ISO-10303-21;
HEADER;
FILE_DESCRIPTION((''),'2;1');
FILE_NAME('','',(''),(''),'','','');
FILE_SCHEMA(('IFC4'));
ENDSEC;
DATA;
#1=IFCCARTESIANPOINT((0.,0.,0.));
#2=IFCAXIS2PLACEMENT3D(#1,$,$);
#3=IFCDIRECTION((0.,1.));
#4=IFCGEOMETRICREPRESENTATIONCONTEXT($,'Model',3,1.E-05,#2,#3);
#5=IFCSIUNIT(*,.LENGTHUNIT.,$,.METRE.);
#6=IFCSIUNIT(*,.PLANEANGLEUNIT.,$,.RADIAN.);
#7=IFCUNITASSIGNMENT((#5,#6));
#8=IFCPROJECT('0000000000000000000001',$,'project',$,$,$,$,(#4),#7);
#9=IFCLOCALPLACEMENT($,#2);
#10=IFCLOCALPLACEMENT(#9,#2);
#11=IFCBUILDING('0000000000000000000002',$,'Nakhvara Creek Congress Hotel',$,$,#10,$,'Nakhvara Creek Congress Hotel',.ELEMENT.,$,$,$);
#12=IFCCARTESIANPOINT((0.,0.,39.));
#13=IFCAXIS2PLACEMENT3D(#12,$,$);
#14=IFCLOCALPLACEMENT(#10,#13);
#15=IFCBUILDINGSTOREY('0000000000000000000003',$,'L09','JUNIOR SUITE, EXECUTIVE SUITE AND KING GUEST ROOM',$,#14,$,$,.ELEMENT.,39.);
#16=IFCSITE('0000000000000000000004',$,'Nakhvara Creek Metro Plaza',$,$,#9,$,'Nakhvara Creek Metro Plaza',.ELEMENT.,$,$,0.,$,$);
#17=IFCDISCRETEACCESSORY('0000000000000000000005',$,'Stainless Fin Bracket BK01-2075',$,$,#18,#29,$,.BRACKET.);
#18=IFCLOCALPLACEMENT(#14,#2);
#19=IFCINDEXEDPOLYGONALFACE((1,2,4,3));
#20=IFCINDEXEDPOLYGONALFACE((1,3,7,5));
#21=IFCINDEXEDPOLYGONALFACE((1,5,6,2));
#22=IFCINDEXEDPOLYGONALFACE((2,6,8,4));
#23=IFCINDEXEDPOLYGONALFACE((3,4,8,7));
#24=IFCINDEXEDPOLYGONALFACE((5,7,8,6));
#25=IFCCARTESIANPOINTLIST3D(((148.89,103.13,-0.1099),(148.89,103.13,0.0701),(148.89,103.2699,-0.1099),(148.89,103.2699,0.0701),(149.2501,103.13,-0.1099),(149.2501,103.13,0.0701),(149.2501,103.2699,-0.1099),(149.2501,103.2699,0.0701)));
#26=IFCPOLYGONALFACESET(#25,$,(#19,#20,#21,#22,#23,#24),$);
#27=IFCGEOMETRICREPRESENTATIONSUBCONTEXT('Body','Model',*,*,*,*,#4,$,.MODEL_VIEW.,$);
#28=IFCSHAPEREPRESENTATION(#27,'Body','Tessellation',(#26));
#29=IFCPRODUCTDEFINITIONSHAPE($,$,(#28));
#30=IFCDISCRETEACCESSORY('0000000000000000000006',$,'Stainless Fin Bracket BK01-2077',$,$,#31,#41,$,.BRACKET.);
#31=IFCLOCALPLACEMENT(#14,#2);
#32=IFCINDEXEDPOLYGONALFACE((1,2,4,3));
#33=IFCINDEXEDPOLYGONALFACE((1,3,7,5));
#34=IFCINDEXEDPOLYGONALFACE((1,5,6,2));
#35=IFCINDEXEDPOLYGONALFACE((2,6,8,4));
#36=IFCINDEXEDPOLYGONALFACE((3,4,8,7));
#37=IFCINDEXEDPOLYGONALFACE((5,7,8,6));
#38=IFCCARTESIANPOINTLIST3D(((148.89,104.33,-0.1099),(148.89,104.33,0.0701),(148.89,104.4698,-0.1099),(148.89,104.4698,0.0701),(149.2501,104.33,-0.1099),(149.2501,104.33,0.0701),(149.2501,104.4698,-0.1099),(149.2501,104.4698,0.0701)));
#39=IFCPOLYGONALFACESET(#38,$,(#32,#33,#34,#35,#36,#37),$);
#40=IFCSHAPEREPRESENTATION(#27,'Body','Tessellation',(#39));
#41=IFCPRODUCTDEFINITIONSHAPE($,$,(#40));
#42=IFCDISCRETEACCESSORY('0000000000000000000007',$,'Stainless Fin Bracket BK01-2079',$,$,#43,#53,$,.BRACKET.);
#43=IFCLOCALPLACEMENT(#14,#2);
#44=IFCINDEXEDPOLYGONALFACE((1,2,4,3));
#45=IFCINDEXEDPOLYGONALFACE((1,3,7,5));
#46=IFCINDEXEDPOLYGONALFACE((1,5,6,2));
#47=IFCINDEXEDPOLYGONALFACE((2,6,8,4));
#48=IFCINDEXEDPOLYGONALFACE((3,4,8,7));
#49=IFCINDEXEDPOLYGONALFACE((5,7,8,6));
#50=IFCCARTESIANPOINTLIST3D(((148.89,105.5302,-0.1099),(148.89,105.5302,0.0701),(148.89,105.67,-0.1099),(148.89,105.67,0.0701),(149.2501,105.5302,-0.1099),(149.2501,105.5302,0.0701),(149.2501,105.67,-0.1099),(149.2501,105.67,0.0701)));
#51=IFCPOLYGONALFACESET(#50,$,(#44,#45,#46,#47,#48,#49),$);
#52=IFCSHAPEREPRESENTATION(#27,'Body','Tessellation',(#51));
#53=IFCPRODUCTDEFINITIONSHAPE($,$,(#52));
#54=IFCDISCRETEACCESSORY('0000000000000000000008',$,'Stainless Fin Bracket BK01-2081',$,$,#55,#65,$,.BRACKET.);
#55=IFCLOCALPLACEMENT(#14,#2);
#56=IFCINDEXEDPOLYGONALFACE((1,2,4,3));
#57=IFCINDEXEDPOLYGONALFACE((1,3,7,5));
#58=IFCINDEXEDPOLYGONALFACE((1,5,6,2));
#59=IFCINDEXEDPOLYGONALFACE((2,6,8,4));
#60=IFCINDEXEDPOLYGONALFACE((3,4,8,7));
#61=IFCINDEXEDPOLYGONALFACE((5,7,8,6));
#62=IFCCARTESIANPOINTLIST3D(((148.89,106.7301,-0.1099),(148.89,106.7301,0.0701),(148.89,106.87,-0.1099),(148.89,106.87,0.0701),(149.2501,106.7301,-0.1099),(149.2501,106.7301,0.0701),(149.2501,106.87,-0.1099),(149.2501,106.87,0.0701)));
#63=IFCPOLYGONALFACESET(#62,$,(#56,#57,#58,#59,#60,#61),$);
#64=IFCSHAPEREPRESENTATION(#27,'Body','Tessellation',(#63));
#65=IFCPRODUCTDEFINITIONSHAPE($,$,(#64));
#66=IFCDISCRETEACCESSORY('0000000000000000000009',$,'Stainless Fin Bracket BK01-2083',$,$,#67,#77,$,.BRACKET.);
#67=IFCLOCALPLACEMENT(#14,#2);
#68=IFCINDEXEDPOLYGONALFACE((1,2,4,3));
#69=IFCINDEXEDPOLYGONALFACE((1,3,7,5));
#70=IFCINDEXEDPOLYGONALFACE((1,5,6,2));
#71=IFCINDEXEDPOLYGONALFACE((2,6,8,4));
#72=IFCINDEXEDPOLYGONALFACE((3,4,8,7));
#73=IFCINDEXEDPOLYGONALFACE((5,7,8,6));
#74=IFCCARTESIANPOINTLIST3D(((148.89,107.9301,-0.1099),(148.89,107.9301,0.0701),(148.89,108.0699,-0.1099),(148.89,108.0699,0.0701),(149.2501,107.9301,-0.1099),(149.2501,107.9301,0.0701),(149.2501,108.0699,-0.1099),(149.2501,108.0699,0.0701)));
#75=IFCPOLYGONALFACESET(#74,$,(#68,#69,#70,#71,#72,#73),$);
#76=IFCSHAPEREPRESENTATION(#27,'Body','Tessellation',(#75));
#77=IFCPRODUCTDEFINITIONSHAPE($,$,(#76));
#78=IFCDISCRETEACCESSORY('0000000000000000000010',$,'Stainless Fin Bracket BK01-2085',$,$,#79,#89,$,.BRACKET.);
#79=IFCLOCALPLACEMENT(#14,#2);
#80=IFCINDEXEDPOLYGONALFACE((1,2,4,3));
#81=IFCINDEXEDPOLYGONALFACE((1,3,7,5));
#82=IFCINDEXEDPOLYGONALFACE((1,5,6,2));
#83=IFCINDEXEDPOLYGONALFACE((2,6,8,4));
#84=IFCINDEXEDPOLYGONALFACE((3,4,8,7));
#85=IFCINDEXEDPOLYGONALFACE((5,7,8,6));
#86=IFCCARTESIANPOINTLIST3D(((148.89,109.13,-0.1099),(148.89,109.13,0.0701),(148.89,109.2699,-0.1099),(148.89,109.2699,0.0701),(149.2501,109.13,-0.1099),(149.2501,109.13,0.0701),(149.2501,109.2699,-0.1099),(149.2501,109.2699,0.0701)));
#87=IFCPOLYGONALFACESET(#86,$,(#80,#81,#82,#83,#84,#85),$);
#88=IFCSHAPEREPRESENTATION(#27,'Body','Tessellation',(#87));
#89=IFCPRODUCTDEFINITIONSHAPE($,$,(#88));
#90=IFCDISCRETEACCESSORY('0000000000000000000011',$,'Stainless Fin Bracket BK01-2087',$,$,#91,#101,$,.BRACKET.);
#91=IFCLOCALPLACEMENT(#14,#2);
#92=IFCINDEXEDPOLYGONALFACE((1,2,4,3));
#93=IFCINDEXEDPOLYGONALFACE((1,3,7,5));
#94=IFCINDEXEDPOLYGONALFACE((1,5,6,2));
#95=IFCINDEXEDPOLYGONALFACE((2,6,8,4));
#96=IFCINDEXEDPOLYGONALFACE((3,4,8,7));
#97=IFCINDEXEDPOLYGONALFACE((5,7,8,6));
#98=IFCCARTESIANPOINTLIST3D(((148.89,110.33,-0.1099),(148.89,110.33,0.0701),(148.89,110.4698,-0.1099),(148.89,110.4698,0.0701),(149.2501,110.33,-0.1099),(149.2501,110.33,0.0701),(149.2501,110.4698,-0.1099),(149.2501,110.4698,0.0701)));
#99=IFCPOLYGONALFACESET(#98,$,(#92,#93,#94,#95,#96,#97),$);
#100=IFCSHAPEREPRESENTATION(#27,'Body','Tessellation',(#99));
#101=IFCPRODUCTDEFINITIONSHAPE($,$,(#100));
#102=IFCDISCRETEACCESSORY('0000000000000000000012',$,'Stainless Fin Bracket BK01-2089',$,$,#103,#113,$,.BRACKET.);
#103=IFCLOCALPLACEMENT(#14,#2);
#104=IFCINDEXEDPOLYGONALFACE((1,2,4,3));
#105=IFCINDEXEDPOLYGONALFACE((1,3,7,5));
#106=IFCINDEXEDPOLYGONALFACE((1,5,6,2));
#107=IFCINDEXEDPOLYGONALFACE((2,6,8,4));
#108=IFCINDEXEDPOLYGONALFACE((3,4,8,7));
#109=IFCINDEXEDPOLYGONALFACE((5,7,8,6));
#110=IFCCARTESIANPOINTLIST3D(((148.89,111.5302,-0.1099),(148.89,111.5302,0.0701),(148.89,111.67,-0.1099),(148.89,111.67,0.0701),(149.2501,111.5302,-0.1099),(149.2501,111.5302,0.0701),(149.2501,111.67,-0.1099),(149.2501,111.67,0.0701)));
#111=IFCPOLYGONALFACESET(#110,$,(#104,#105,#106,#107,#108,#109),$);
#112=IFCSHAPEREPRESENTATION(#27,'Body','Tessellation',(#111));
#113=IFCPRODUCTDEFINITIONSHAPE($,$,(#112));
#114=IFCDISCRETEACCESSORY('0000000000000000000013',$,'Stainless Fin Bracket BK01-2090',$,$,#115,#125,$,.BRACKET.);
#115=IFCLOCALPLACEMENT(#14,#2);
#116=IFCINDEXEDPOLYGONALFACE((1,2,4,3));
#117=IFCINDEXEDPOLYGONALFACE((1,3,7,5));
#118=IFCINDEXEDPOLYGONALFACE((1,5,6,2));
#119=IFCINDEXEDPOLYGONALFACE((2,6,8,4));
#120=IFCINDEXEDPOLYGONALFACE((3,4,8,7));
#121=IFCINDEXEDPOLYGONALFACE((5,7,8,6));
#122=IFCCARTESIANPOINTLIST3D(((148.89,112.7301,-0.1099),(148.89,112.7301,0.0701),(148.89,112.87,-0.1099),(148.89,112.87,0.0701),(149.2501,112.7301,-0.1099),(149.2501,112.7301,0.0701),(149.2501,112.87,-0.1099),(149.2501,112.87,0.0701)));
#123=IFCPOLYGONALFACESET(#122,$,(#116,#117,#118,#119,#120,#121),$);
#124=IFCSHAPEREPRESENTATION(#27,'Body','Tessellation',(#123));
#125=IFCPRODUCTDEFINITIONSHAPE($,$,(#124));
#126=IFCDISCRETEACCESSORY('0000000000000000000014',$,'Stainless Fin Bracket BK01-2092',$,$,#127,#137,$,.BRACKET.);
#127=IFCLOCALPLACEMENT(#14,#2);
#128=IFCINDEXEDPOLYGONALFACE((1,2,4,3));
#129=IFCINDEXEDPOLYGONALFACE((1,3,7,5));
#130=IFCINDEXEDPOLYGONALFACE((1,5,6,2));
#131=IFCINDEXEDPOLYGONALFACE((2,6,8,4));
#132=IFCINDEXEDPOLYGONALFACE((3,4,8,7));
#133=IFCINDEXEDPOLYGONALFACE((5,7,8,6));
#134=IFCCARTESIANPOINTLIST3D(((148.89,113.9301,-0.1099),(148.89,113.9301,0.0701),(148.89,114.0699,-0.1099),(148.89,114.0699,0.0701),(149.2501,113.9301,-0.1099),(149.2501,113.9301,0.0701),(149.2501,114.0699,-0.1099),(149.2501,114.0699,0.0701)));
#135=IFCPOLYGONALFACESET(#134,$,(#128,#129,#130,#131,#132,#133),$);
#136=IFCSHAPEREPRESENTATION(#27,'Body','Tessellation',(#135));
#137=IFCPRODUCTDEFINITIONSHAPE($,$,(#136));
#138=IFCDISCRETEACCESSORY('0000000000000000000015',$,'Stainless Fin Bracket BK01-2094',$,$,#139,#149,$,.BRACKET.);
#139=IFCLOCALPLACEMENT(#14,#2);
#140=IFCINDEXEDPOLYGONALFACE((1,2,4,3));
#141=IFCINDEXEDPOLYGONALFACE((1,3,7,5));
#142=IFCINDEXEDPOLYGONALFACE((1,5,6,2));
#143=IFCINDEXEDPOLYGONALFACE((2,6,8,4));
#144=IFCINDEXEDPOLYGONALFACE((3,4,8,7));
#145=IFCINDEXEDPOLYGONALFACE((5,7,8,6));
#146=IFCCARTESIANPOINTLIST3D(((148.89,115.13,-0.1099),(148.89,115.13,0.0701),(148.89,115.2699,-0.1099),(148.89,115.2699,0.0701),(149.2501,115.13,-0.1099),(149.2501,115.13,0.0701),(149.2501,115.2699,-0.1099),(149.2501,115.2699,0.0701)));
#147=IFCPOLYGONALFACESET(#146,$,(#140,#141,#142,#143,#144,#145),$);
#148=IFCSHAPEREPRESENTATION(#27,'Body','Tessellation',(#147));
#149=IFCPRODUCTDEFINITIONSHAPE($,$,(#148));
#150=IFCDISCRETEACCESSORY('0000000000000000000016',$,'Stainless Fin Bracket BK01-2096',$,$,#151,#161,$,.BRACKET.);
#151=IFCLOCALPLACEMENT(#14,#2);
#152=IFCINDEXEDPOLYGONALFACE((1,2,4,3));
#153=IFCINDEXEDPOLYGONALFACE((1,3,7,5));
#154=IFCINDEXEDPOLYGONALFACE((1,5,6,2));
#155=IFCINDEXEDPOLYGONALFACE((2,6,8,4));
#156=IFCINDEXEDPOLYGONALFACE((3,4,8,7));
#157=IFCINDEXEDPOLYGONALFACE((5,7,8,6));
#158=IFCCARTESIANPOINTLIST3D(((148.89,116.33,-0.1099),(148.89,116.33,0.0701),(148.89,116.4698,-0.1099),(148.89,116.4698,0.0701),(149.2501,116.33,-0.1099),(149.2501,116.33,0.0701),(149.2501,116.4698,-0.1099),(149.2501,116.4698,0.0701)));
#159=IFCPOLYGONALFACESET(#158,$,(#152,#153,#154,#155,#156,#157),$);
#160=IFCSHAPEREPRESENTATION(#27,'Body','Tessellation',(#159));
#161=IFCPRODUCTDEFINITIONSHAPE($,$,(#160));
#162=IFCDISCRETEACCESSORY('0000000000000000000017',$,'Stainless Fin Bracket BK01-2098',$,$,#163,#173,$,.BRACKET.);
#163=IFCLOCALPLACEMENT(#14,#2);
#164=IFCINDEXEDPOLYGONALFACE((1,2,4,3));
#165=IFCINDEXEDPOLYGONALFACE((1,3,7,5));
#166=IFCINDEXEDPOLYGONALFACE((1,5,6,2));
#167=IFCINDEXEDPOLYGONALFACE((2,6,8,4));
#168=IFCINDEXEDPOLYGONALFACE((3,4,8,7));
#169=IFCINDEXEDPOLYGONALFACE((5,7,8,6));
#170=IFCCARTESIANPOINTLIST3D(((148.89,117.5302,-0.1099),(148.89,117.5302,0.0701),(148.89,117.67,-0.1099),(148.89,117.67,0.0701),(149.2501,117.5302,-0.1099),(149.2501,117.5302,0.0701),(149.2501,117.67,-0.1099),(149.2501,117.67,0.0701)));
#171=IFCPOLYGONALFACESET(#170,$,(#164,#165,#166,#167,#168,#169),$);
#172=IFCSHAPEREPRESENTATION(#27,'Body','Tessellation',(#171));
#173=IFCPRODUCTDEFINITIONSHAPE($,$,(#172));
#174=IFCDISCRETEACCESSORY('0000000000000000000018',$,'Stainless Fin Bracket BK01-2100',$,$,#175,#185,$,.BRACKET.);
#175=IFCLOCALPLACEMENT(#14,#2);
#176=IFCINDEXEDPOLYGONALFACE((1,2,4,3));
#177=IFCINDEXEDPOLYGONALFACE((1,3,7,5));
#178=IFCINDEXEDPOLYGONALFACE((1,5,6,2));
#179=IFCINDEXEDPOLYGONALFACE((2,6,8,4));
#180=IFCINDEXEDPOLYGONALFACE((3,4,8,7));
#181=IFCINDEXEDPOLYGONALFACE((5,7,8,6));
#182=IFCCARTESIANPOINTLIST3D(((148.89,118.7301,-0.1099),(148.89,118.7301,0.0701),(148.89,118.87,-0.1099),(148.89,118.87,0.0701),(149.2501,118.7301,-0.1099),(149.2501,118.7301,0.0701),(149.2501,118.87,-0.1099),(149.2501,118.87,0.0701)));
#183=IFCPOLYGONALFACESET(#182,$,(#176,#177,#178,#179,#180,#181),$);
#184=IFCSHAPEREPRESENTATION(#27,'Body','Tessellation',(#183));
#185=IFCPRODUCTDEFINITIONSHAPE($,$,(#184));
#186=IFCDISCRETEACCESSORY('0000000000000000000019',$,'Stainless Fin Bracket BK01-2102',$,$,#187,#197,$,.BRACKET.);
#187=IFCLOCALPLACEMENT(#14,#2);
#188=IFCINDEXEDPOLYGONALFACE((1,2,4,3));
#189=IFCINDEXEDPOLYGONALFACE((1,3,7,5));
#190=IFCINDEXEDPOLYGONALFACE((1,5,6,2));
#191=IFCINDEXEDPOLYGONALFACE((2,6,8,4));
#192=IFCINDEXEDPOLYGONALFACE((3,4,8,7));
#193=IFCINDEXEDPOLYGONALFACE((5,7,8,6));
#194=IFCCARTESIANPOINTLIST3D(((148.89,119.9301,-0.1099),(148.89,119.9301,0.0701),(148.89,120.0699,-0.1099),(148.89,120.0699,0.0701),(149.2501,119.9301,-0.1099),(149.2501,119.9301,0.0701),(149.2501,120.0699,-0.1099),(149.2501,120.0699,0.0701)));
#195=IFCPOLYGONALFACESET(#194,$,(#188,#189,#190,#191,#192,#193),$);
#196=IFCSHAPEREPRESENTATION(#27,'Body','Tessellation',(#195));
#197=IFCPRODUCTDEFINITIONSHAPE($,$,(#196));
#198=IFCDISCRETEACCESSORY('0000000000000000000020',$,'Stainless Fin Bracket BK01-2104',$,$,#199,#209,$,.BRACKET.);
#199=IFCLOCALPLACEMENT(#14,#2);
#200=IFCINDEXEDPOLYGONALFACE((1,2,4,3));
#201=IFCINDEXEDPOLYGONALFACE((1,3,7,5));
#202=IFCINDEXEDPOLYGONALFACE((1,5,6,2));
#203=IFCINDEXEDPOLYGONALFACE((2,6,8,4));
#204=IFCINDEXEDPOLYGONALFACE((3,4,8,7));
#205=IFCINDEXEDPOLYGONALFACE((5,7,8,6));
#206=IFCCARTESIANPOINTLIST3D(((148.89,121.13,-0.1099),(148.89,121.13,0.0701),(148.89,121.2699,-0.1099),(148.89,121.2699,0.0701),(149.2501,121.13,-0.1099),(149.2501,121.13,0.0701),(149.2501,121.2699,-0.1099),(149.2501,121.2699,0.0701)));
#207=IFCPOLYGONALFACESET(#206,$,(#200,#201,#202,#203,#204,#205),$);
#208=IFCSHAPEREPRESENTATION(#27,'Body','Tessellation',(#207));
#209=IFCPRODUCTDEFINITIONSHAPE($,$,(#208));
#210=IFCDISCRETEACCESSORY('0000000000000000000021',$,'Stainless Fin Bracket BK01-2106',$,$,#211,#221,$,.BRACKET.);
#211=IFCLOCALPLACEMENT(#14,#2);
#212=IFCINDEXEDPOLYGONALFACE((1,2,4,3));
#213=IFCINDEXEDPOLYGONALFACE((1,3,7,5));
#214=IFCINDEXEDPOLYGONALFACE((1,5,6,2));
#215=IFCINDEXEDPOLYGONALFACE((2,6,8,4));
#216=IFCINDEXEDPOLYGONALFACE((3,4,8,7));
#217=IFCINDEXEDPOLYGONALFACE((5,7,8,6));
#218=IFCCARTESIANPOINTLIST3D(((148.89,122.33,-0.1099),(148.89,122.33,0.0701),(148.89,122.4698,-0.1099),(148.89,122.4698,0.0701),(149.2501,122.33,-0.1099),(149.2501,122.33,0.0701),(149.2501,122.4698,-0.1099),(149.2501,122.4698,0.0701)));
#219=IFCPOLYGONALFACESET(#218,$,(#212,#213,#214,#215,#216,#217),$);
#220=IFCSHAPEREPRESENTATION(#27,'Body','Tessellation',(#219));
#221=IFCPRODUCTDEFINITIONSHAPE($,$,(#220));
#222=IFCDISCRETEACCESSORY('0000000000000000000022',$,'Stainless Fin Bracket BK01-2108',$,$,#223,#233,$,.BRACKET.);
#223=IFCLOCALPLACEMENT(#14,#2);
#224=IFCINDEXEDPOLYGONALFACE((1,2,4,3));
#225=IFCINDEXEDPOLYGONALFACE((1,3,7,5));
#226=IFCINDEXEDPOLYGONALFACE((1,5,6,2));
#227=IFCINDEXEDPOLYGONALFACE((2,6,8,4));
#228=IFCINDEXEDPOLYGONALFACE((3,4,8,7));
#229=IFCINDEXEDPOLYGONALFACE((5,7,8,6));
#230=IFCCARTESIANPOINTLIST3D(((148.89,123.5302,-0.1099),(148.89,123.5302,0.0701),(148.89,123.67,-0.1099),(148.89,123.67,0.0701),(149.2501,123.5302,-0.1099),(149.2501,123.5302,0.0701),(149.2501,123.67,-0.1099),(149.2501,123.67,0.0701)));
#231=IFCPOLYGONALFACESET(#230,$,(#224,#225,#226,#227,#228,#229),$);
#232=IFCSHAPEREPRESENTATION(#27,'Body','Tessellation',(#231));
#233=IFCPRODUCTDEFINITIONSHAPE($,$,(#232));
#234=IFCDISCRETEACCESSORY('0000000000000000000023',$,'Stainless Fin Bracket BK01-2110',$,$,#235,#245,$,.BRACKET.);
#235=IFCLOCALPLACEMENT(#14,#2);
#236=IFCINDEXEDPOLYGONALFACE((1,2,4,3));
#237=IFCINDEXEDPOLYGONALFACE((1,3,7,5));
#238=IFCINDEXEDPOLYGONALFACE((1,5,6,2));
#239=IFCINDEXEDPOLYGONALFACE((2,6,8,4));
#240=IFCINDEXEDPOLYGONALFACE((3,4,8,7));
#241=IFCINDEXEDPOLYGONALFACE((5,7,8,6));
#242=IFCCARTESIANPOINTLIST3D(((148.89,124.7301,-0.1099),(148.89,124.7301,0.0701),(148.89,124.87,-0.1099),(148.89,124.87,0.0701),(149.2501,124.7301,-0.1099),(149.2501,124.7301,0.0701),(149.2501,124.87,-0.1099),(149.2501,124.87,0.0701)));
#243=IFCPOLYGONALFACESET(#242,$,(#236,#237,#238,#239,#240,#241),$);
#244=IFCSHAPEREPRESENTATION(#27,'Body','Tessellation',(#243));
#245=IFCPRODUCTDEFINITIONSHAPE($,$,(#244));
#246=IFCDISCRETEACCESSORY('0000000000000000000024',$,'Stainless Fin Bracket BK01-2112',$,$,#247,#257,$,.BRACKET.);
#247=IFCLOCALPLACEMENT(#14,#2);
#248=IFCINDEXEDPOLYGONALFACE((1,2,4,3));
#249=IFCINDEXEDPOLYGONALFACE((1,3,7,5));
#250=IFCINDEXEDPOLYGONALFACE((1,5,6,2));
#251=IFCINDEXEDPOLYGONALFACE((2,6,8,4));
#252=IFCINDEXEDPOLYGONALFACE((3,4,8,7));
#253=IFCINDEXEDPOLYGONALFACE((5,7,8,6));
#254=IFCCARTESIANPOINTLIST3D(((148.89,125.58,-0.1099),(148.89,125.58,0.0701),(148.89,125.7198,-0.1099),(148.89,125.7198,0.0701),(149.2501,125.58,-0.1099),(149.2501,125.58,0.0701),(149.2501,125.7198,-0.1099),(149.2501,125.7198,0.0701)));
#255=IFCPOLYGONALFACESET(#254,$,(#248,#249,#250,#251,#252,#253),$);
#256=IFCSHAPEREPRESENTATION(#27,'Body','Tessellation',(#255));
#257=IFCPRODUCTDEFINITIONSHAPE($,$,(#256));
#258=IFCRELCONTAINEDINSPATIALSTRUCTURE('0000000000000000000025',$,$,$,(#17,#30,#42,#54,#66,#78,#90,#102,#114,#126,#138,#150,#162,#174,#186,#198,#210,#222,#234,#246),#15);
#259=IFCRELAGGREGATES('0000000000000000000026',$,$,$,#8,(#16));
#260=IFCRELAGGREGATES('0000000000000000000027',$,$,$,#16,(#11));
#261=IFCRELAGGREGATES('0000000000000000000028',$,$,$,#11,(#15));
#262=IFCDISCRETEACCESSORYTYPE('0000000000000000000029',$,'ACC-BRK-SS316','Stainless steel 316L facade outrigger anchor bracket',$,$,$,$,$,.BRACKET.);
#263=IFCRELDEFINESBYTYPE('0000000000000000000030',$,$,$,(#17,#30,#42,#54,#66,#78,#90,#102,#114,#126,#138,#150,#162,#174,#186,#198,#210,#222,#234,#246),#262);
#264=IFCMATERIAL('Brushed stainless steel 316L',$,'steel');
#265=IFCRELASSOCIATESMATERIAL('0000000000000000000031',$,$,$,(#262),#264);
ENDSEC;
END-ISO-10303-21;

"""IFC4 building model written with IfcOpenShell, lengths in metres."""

from ifc_helpers import new_model, si_unit, direction, frame, origin, origin_2d, place, context, subcontext, project, spatial, rectangle, extrude, material, type_object, element, save


model = new_model("IFC4")

# Units and contexts
model_context = context("Model", 3, precision=1e-05, world=origin(), true_north=direction((0.0, 1.0)))
body_context = subcontext(model_context, "Body", "Model", "MODEL_VIEW")
ifc_project = project(units=[si_unit("LENGTHUNIT", "METRE"), si_unit("PLANEANGLEUNIT", "RADIAN")], contexts=[model_context])

# Site, building, storey
site_placement = place(None, origin())
site = spatial("IfcSite", under=ifc_project, at=site_placement, Name="Nakhvara Creek Metro Plaza", LongName="Nakhvara Creek Metro Plaza", CompositionType="ELEMENT", RefElevation=0.0)
building_placement = place(site_placement, origin())
building = spatial("IfcBuilding", under=site, at=building_placement, Name="Nakhvara Creek Congress Hotel", LongName="Nakhvara Creek Congress Hotel", CompositionType="ELEMENT")
storey_placement = place(building_placement, frame((0.0, 0.0, 39.0)))
storey = spatial("IfcBuildingStorey", under=building, at=storey_placement, Name="L09", Description="JUNIOR SUITE, EXECUTIVE SUITE AND KING GUEST ROOM", CompositionType="ELEMENT", Elevation=39.0)

# Discrete accessories
ifc_material_1 = material(Name="Brushed stainless steel 316L", Category="steel")
discrete_accessory_type = type_object("IfcDiscreteAccessoryType", Name="ACC-BRK-SS316", Description="Stainless steel 316L facade outrigger anchor bracket", PredefinedType="BRACKET", material=ifc_material_1)
for number, where, z_axis, x_axis, name in (
    (1, (149.0701, 103.2, -0.1099), (0.0, 0.0, 1.0), (0.0, 1.0, 0.0), "Stainless Fin Bracket BK01-2075"),
    (2, (149.0701, 104.3999, -0.1099), (0.0, 0.0, 1.0), (0.0, 1.0, 0.0), "Stainless Fin Bracket BK01-2077"),
    (3, (149.0701, 105.6001, -0.1099), (0.0, 0.0, 1.0), (0.0, 1.0, 0.0), "Stainless Fin Bracket BK01-2079"),
    (4, (149.0701, 106.8, -0.1099), (0.0, 0.0, 1.0), (0.0, 1.0, 0.0), "Stainless Fin Bracket BK01-2081"),
    (5, (149.0701, 108.0, -0.1099), (0.0, 0.0, 1.0), (0.0, 1.0, 0.0), "Stainless Fin Bracket BK01-2083"),
    (6, (149.0701, 109.2, -0.1099), (0.0, 0.0, 1.0), (0.0, 1.0, 0.0), "Stainless Fin Bracket BK01-2085"),
    (7, (149.0701, 110.3999, -0.1099), (0.0, 0.0, 1.0), (0.0, 1.0, 0.0), "Stainless Fin Bracket BK01-2087"),
    (8, (149.0701, 111.6001, -0.1099), (0.0, 0.0, 1.0), (0.0, 1.0, 0.0), "Stainless Fin Bracket BK01-2089"),
    (9, (149.0701, 112.8, -0.1099), (0.0, 0.0, 1.0), (0.0, 1.0, 0.0), "Stainless Fin Bracket BK01-2090"),
    (10, (149.0701, 114.0, -0.1099), (0.0, 0.0, 1.0), (0.0, 1.0, 0.0), "Stainless Fin Bracket BK01-2092"),
    (11, (149.0701, 115.2, -0.1099), (0.0, 0.0, 1.0), (0.0, 1.0, 0.0), "Stainless Fin Bracket BK01-2094"),
    (12, (149.0701, 116.3999, -0.1099), (0.0, 0.0, 1.0), (0.0, 1.0, 0.0), "Stainless Fin Bracket BK01-2096"),
    (13, (149.0701, 117.6001, -0.1099), (0.0, 0.0, 1.0), (0.0, 1.0, 0.0), "Stainless Fin Bracket BK01-2098"),
    (14, (149.0701, 118.8, -0.1099), (0.0, 0.0, 1.0), (0.0, 1.0, 0.0), "Stainless Fin Bracket BK01-2100"),
    (15, (149.0701, 120.0, -0.1099), (0.0, 0.0, 1.0), (0.0, 1.0, 0.0), "Stainless Fin Bracket BK01-2102"),
    (16, (149.0701, 121.2, -0.1099), (0.0, 0.0, 1.0), (0.0, 1.0, 0.0), "Stainless Fin Bracket BK01-2104"),
    (17, (149.0701, 122.3999, -0.1099), (0.0, 0.0, 1.0), (0.0, 1.0, 0.0), "Stainless Fin Bracket BK01-2106"),
    (18, (149.0701, 123.6001, -0.1099), (0.0, 0.0, 1.0), (0.0, 1.0, 0.0), "Stainless Fin Bracket BK01-2108"),
    (19, (149.0701, 124.8, -0.1099), (0.0, 0.0, 1.0), (0.0, 1.0, 0.0), "Stainless Fin Bracket BK01-2110"),
    (20, (149.0701, 125.6499, -0.1099), (0.0, 0.0, 1.0), (0.0, 1.0, 0.0), "Stainless Fin Bracket BK01-2112"),
):
    element("IfcDiscreteAccessory", number, at=place(storey_placement, frame(where, z_axis=z_axis, x_axis=x_axis)), inside=storey, type_object=discrete_accessory_type, Name=name, PredefinedType="BRACKET", context=body_context, shape_type="SweptSolid", body=[
        extrude(rectangle(XDim=0.1399, YDim=0.3601, at=origin_2d()), origin(), (0.0, 0.0, 1.0), 0.1799),
    ])

save(model, "model.ifc")
